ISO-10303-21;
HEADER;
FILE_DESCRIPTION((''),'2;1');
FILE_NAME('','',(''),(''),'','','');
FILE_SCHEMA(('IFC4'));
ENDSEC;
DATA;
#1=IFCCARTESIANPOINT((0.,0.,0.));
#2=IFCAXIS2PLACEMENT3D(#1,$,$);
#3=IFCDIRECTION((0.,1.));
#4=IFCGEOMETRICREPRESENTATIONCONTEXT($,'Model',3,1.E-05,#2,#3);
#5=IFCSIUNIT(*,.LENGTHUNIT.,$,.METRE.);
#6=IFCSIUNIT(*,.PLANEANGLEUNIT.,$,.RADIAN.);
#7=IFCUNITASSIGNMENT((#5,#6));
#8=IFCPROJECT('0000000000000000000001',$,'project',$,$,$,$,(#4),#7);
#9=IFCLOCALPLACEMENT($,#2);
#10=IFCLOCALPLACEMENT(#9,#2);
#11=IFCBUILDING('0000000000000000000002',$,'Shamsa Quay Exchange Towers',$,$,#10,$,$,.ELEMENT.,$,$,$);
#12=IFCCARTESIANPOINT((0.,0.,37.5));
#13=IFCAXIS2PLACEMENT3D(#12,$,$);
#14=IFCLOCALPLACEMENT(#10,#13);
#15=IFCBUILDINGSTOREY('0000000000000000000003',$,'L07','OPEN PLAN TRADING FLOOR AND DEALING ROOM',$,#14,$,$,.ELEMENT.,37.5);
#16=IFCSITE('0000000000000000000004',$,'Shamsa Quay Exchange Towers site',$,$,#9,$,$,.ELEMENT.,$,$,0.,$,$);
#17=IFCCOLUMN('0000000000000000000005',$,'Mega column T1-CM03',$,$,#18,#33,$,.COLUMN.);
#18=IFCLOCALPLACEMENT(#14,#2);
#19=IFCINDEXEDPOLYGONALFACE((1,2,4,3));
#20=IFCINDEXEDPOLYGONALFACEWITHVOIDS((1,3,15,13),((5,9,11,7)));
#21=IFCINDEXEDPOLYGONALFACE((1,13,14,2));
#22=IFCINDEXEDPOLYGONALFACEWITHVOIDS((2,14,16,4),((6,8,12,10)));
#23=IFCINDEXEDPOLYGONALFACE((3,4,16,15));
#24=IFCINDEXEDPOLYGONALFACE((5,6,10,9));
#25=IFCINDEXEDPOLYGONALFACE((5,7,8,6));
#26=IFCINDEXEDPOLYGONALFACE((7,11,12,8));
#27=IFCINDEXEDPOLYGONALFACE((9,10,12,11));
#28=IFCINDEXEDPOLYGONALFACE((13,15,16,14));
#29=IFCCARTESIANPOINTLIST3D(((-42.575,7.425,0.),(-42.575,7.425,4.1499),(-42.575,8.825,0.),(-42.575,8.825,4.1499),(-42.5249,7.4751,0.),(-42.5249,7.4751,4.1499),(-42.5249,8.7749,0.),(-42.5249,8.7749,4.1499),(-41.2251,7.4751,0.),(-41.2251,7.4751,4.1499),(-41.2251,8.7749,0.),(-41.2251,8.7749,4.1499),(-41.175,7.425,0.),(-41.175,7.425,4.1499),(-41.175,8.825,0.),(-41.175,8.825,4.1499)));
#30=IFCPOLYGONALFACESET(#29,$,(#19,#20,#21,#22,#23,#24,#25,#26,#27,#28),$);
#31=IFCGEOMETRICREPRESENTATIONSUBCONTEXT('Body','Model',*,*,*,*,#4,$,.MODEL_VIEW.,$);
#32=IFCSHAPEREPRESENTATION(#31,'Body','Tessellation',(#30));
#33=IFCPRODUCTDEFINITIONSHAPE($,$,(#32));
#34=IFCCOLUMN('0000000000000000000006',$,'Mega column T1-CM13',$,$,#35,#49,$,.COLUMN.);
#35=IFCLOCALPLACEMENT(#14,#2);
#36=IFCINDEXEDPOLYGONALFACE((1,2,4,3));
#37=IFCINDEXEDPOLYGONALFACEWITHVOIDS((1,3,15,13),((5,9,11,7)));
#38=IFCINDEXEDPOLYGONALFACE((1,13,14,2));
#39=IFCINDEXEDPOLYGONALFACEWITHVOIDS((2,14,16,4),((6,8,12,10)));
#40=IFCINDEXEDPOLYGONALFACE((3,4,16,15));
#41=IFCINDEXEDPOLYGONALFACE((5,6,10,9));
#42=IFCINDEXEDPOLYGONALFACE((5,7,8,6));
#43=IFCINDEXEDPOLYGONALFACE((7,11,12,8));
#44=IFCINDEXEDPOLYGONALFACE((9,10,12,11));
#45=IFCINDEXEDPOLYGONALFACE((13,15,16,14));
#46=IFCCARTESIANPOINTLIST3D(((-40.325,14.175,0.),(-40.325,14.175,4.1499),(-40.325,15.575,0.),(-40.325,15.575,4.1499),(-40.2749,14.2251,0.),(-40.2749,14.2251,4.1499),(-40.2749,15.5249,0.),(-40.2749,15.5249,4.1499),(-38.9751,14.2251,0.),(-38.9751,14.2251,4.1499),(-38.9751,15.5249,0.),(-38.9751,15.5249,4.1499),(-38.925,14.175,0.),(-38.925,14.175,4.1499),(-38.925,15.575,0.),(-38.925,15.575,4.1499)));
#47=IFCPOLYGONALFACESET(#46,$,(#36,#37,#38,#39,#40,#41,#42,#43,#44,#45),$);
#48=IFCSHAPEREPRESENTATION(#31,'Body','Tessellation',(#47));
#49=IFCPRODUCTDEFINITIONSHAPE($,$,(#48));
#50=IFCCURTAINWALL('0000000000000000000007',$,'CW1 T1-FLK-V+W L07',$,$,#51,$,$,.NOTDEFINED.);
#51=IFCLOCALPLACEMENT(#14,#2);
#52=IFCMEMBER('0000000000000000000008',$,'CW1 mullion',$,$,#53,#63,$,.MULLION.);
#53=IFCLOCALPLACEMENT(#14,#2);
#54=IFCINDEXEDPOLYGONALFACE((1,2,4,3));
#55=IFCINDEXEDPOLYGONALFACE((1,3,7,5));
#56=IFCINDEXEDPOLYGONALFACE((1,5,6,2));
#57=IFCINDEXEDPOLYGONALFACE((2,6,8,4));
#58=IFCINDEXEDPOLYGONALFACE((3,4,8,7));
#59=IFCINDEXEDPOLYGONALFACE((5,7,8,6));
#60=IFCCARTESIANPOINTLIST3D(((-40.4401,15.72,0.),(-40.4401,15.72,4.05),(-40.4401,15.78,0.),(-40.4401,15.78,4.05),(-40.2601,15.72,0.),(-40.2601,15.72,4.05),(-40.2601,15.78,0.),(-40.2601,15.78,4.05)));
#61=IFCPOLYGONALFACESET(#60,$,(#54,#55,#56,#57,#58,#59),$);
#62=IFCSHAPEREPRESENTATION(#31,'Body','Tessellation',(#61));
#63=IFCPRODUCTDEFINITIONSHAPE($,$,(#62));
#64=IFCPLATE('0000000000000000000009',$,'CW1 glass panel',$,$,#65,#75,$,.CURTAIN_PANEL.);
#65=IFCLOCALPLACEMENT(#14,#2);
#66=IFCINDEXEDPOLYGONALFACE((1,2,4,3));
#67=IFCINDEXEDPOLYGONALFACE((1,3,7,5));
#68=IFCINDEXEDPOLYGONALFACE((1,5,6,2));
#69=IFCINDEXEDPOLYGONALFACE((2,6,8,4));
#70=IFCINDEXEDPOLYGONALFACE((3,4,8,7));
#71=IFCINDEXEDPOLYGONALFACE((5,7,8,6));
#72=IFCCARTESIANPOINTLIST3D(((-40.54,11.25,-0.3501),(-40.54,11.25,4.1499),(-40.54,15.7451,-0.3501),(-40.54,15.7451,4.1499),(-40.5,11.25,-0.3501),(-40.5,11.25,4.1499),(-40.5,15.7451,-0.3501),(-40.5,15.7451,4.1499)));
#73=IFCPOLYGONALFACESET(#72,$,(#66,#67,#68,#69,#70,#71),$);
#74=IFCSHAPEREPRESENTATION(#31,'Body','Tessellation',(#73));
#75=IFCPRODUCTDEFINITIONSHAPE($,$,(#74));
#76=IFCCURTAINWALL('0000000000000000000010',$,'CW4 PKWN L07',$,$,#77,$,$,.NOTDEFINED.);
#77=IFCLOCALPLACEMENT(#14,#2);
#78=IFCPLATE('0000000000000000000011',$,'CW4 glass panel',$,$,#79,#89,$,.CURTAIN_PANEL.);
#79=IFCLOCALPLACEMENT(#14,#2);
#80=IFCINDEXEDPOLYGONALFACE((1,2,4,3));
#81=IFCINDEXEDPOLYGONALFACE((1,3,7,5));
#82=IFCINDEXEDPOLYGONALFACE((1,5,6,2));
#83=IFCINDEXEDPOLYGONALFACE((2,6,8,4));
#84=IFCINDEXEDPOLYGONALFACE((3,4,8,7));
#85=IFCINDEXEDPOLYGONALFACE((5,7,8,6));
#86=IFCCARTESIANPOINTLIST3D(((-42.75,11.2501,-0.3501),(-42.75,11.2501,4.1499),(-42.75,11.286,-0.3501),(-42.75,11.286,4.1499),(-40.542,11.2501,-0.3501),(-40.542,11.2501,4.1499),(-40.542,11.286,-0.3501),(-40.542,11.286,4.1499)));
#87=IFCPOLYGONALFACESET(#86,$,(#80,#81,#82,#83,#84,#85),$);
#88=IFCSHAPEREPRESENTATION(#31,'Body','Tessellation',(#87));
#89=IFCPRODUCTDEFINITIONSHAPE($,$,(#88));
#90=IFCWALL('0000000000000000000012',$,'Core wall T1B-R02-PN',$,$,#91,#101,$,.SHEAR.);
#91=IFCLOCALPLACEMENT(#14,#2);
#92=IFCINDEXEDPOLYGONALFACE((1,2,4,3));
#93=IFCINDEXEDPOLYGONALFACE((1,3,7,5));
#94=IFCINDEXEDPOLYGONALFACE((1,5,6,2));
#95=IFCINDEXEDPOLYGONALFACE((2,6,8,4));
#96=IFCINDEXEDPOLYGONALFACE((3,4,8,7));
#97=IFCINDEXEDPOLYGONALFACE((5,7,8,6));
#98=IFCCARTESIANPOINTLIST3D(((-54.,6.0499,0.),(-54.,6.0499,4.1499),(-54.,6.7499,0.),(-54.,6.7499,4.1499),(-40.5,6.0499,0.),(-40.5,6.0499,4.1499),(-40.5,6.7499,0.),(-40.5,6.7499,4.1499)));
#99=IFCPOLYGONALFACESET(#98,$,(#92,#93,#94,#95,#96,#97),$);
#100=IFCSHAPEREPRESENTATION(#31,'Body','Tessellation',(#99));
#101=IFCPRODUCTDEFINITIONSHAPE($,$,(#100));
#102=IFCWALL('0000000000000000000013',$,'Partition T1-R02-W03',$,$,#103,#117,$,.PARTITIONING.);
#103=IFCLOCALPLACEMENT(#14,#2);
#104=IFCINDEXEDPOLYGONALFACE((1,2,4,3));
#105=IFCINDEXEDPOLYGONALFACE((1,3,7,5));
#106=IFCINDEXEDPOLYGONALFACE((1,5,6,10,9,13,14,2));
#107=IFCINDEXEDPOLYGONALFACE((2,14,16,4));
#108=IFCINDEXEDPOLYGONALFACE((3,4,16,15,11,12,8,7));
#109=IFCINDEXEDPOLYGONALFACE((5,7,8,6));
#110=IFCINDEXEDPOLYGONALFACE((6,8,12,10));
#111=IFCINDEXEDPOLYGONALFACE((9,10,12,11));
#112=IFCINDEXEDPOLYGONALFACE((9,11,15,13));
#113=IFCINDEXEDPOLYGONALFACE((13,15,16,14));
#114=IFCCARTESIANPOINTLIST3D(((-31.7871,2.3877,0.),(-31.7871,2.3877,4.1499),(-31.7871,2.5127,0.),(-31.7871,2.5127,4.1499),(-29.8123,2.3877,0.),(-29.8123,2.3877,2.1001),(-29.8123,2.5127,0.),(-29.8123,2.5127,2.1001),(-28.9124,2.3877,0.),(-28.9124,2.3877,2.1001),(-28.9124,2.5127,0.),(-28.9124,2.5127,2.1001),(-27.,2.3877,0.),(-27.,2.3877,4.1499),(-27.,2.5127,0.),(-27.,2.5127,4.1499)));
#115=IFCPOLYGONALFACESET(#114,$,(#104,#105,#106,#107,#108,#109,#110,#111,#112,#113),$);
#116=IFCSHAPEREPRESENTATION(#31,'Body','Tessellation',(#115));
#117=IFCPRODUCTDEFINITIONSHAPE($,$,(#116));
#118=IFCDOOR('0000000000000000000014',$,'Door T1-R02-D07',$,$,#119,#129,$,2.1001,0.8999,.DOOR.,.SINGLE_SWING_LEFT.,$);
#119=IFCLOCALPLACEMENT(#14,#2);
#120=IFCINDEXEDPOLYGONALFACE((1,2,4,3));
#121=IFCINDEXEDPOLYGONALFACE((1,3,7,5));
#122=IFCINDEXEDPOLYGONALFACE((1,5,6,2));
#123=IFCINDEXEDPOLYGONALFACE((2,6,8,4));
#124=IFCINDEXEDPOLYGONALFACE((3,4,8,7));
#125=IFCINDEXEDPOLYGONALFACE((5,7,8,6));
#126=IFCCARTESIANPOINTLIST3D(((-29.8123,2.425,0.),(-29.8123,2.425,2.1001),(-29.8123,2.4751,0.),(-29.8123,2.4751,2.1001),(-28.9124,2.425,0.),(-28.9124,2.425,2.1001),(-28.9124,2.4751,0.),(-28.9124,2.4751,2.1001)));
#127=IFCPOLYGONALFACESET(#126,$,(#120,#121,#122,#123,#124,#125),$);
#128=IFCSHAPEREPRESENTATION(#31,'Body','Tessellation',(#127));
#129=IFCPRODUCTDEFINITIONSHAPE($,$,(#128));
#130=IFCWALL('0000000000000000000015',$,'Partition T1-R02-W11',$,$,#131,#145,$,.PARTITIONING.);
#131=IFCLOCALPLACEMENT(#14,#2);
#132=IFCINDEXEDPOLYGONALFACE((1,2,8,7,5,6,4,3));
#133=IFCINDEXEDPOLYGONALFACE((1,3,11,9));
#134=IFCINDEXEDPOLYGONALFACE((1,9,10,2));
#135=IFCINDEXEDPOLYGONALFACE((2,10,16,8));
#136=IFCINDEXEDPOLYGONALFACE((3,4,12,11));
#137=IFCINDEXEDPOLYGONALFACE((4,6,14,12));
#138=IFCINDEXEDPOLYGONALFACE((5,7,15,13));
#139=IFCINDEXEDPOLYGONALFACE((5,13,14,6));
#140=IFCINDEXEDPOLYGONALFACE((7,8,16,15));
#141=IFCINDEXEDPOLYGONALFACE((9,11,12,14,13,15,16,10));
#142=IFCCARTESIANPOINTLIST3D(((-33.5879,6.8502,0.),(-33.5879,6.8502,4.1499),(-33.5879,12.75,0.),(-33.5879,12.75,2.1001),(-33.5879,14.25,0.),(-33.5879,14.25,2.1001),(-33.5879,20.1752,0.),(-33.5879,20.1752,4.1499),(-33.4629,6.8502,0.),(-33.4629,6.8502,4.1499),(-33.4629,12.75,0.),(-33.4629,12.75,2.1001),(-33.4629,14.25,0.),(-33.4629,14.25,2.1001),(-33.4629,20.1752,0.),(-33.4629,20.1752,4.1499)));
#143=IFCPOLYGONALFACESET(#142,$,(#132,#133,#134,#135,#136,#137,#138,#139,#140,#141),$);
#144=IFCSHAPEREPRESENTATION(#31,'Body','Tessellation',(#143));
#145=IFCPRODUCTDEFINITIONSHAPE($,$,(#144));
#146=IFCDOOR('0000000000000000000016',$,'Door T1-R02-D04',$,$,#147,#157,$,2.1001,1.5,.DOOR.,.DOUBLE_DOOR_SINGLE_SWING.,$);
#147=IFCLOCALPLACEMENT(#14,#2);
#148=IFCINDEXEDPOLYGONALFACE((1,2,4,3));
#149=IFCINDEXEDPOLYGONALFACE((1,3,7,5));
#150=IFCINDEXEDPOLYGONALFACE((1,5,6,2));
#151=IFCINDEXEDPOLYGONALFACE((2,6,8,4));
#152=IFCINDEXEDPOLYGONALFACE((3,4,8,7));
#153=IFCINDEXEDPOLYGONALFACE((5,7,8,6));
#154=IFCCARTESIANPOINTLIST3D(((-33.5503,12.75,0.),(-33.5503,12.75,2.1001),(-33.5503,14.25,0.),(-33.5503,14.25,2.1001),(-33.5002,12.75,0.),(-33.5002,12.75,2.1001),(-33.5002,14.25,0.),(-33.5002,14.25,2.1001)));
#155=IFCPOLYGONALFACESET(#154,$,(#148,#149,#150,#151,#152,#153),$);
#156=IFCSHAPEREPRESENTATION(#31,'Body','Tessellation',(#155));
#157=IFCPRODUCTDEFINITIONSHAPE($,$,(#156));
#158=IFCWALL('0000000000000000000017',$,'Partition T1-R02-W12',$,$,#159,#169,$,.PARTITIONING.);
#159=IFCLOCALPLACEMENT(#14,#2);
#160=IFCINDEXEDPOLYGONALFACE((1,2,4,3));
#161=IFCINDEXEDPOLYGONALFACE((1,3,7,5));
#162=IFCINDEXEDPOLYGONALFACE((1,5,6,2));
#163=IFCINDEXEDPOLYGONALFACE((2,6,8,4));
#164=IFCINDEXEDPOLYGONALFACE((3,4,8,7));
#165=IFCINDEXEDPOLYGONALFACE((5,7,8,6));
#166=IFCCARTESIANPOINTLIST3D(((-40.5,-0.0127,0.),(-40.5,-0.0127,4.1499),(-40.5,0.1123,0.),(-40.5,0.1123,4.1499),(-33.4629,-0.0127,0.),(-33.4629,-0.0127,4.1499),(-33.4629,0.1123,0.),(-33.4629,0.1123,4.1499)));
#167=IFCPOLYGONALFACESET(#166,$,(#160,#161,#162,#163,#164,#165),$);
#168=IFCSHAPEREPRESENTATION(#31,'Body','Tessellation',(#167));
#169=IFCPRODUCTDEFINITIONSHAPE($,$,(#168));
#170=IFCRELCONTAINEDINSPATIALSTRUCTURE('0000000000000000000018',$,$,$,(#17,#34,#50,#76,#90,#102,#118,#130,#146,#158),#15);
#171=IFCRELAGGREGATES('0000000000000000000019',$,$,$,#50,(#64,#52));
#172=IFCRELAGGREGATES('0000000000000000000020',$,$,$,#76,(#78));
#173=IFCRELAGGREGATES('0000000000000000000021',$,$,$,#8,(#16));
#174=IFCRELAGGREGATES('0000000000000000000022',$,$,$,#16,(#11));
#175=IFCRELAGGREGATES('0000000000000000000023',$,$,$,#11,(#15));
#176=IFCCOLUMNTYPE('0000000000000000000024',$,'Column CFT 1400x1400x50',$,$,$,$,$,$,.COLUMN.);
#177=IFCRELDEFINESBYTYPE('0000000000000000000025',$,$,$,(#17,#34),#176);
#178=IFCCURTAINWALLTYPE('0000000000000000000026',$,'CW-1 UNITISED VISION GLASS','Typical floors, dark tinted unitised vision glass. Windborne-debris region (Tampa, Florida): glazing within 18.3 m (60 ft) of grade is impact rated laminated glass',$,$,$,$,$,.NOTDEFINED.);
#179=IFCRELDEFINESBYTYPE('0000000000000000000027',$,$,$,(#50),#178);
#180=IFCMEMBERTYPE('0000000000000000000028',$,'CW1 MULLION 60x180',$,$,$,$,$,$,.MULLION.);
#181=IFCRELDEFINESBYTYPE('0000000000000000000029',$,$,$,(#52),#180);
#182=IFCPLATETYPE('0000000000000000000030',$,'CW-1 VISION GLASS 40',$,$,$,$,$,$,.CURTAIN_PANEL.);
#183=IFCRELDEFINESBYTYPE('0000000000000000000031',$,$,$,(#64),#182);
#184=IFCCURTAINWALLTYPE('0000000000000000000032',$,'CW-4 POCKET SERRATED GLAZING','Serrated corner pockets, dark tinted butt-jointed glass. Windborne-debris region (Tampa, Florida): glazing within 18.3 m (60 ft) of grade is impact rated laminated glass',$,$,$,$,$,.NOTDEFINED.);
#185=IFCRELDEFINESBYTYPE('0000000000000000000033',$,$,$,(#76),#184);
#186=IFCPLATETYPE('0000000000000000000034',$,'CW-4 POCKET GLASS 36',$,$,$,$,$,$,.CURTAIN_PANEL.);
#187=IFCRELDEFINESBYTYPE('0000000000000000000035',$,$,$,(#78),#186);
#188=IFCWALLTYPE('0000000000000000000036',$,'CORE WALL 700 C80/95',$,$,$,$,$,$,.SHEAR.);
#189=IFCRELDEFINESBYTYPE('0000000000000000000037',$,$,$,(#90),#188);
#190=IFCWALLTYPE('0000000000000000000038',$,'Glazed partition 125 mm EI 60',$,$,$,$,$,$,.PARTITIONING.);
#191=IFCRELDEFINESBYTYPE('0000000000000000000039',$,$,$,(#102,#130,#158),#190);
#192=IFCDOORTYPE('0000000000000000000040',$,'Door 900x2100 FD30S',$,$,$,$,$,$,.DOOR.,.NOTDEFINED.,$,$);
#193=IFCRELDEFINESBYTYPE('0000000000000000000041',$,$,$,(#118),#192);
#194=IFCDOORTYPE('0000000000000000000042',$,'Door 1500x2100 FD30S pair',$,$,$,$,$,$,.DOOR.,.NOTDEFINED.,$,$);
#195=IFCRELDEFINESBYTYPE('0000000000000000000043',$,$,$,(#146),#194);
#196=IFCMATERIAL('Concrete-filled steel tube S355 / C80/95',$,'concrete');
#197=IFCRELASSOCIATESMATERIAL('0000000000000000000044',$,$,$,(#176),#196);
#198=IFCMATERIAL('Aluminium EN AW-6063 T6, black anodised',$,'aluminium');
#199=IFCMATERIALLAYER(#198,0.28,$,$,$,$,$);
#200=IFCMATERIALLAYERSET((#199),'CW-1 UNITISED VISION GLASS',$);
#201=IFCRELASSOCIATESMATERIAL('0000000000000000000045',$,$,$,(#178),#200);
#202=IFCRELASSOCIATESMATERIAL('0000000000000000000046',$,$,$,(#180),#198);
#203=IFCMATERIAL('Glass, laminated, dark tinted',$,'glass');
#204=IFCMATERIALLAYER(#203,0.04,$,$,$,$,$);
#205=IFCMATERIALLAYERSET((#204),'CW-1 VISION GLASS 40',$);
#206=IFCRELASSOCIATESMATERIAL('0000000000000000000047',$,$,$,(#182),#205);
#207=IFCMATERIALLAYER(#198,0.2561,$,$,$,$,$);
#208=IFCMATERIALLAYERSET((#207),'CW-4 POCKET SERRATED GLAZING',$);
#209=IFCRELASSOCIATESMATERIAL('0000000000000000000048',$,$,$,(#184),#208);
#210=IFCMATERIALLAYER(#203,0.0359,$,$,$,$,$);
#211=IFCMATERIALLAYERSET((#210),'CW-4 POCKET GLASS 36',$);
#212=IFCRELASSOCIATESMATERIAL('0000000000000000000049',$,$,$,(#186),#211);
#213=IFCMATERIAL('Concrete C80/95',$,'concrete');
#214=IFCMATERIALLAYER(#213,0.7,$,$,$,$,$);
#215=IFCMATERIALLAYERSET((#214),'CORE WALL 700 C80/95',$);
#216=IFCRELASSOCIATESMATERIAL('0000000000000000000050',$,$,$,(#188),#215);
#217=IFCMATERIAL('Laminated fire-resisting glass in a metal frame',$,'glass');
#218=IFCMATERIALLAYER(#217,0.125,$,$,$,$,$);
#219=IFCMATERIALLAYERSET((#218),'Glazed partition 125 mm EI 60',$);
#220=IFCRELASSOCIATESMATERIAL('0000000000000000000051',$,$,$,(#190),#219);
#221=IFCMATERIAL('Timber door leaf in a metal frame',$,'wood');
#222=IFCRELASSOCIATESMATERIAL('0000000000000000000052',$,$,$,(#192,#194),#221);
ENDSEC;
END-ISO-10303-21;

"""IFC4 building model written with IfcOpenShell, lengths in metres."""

from ifc_helpers import new_model, si_unit, direction, frame, frame_2d, origin, origin_2d, place, context, subcontext, project, spatial, rectangle, hollow_rectangle, extrude, material, layer, layer_set, material_profile, profile_set, type_object, element, fill, aggregate, save


model = new_model("IFC4")

# Units and contexts
model_context = context("Model", 3, precision=1e-05, world=origin(), true_north=direction((0.0, 1.0)))
body_context = subcontext(model_context, "Body", "Model", "MODEL_VIEW")
ifc_project = project(units=[si_unit("LENGTHUNIT", "METRE"), si_unit("PLANEANGLEUNIT", "RADIAN")], contexts=[model_context])

# Site, building, storey
site_placement = place(None, origin())
site = spatial("IfcSite", under=ifc_project, at=site_placement, Name="Shamsa Quay Exchange Towers site", CompositionType="ELEMENT", RefElevation=0.0)
building_placement = place(site_placement, origin())
building = spatial("IfcBuilding", under=site, at=building_placement, Name="Shamsa Quay Exchange Towers", CompositionType="ELEMENT")
storey_placement = place(building_placement, frame((0.0, 0.0, 37.5)))
storey = spatial("IfcBuildingStorey", under=building, at=storey_placement, Name="L07", Description="OPEN PLAN TRADING FLOOR AND DEALING ROOM", CompositionType="ELEMENT", Elevation=37.5)

# Columns
ifc_material_1 = material(Name="Concrete-filled steel tube S355 / C80/95", Category="concrete")
ifc_material_profile_1 = material_profile(ifc_material_1, hollow_rectangle(XDim=1.3999, YDim=1.3999, WallThickness=0.05, at=origin_2d()), Name="CFT 1400x1400x50")
ifc_profile_set_1 = profile_set([ifc_material_profile_1], Name="Concrete-filled steel tube S355 / C80/95")
column_type = type_object("IfcColumnType", Name="Column CFT 1400x1400x50", PredefinedType="COLUMN", material=ifc_profile_set_1)
for number, where, name in (
    (1, (-41.875, 8.125, 0.0), "Mega column T1-CM03"),
    (2, (-39.625, 14.875, 0.0), "Mega column T1-CM13"),
):
    element("IfcColumn", number, at=place(storey_placement, frame(where)), inside=storey, type_object=column_type, Name=name, PredefinedType="COLUMN", context=body_context, shape_type="SweptSolid", body=[
        extrude(hollow_rectangle(XDim=1.3999, YDim=1.3999, WallThickness=0.05, at=origin_2d()), origin(), (0.0, 0.0, 1.0), 4.1499),
    ])

# Curtain wall, member, plate
ifc_material_2 = material(Name="Aluminium EN AW-6063 T6, black anodised", Category="aluminium")
ifc_layer_1 = layer(ifc_material_2, 0.28)
ifc_layer_set_1 = layer_set([ifc_layer_1], Name="CW-1 UNITISED VISION GLASS")
curtain_wall_type_1 = type_object("IfcCurtainWallType", Name="CW-1 UNITISED VISION GLASS", Description="Typical floors, dark tinted unitised vision glass. Windborne-debris region (Tampa, Florida): glazing within 18.3 m (60 ft) of grade is impact rated laminated glass", PredefinedType="NOTDEFINED", material=ifc_layer_set_1)
curtain_wall_1_placement = place(storey_placement, origin())
curtain_wall_1 = element("IfcCurtainWall", 3, at=curtain_wall_1_placement, inside=storey, type_object=curtain_wall_type_1, Name="CW1 T1-FLK-V+W L07", PredefinedType="NOTDEFINED")
ifc_material_profile_2 = material_profile(ifc_material_2, rectangle(XDim=0.1799, YDim=0.0601, at=origin_2d()), Name="MU60x180")
ifc_profile_set_2 = profile_set([ifc_material_profile_2], Name="Aluminium EN AW-6063 T6, black anodised")
member_type = type_object("IfcMemberType", Name="CW1 MULLION 60x180", PredefinedType="MULLION", material=ifc_profile_set_2)
member_placement = place(storey_placement, frame((-40.3501, 15.75, 0.0)))
member = element("IfcMember", 4, at=member_placement, type_object=member_type, Name="CW1 mullion", PredefinedType="MULLION", context=body_context, shape_type="SweptSolid", body=[
    extrude(rectangle(XDim=0.1799, YDim=0.0601, at=origin_2d()), origin(), (0.0, 0.0, 1.0), 4.05),
])
ifc_material_3 = material(Name="Glass, laminated, dark tinted", Category="glass")
ifc_layer_2 = layer(ifc_material_3, 0.04)
ifc_layer_set_2 = layer_set([ifc_layer_2], Name="CW-1 VISION GLASS 40")
plate_type_1 = type_object("IfcPlateType", Name="CW-1 VISION GLASS 40", PredefinedType="CURTAIN_PANEL", material=ifc_layer_set_2)
plate_1_placement = place(storey_placement, frame((-40.52, 13.4976, -0.3501), z_axis=(0.0, 0.0, 1.0), x_axis=(0.0, -1.0, 0.0)))
plate_1 = element("IfcPlate", 5, at=plate_1_placement, type_object=plate_type_1, Name="CW1 glass panel", PredefinedType="CURTAIN_PANEL", context=body_context, shape_type="SweptSolid", body=[
    extrude(rectangle(XDim=4.4951, YDim=0.04, at=origin_2d()), origin(), (0.0, 0.0, 1.0), 4.5),
])
aggregate(curtain_wall_1, [plate_1, member])

# Curtain wall, plate
ifc_layer_3 = layer(ifc_material_2, 0.2561)
ifc_layer_set_3 = layer_set([ifc_layer_3], Name="CW-4 POCKET SERRATED GLAZING")
curtain_wall_type_2 = type_object("IfcCurtainWallType", Name="CW-4 POCKET SERRATED GLAZING", Description="Serrated corner pockets, dark tinted butt-jointed glass. Windborne-debris region (Tampa, Florida): glazing within 18.3 m (60 ft) of grade is impact rated laminated glass", PredefinedType="NOTDEFINED", material=ifc_layer_set_3)
curtain_wall_2_placement = place(storey_placement, origin())
curtain_wall_2 = element("IfcCurtainWall", 6, at=curtain_wall_2_placement, inside=storey, type_object=curtain_wall_type_2, Name="CW4 PKWN L07", PredefinedType="NOTDEFINED")
ifc_layer_4 = layer(ifc_material_3, 0.0359)
ifc_layer_set_4 = layer_set([ifc_layer_4], Name="CW-4 POCKET GLASS 36")
plate_type_2 = type_object("IfcPlateType", Name="CW-4 POCKET GLASS 36", PredefinedType="CURTAIN_PANEL", material=ifc_layer_set_4)
plate_2_placement = place(storey_placement, frame((-41.646, 11.2681, -0.3501), z_axis=(0.0, 0.0, 1.0), x_axis=(-1.0, 0.0, 0.0)))
plate_2 = element("IfcPlate", 7, at=plate_2_placement, type_object=plate_type_2, Name="CW4 glass panel", PredefinedType="CURTAIN_PANEL", context=body_context, shape_type="SweptSolid", body=[
    extrude(rectangle(XDim=2.208, YDim=0.0359, at=origin_2d()), origin(), (0.0, 0.0, 1.0), 4.5),
])
aggregate(curtain_wall_2, [plate_2])

# Wall
ifc_material_4 = material(Name="Concrete C80/95", Category="concrete")
ifc_layer_5 = layer(ifc_material_4, 0.7)
ifc_layer_set_5 = layer_set([ifc_layer_5], Name="CORE WALL 700 C80/95")
wall_type_1 = type_object("IfcWallType", Name="CORE WALL 700 C80/95", PredefinedType="SHEAR", material=ifc_layer_set_5)
wall_1_placement = place(storey_placement, frame((-40.5, 6.3999, 0.0), z_axis=(0.0, 0.0, 1.0), x_axis=(-1.0, 0.0, 0.0)))
element("IfcWall", 8, at=wall_1_placement, inside=storey, type_object=wall_type_1, Name="Core wall T1B-R02-PN", PredefinedType="SHEAR", context=body_context, shape_type="SweptSolid", body=[
    extrude(rectangle(XDim=13.5, YDim=0.7, at=frame_2d((6.75, 0.0))), origin(), (0.0, 0.0, 1.0), 4.1499),
])

# Walls, openings, doors
ifc_material_5 = material(Name="Laminated fire-resisting glass in a metal frame", Category="glass")
ifc_layer_6 = layer(ifc_material_5, 0.125)
ifc_layer_set_6 = layer_set([ifc_layer_6], Name="Glazed partition 125 mm EI 60")
wall_type_2 = type_object("IfcWallType", Name="Glazed partition 125 mm EI 60", PredefinedType="PARTITIONING", material=ifc_layer_set_6)
wall_2_placement = place(storey_placement, frame((-31.7871, 2.4502, 0.0)))
wall_2 = element("IfcWall", 9, at=wall_2_placement, inside=storey, type_object=wall_type_2, Name="Partition T1-R02-W03", PredefinedType="PARTITIONING", context=body_context, shape_type="SweptSolid", body=[
    extrude(rectangle(XDim=4.7871, YDim=0.125, at=frame_2d((2.3936, 0.0))), origin(), (0.0, 0.0, 1.0), 4.1499),
])
opening_1_placement = place(wall_2_placement, frame((1.9749, 0.0, 0.0)))
opening_1 = element("IfcOpeningElement", 10, at=opening_1_placement, cuts=wall_2, PredefinedType="OPENING", context=body_context, shape_type="SweptSolid", body=[
    extrude(rectangle(XDim=0.8999, YDim=2.1001, at=frame_2d((0.45, 1.05))), frame((0.0, 0.0725, 0.0), z_axis=(0.0, -1.0, 0.0), x_axis=(1.0, 0.0, 0.0)), (0.0, 0.0, 1.0), 0.145),
])
ifc_material_6 = material(Name="Timber door leaf in a metal frame", Category="wood")
door_type_1 = type_object("IfcDoorType", Name="Door 900x2100 FD30S", OperationType="NOTDEFINED", PredefinedType="DOOR", material=ifc_material_6)
door_1_placement = place(opening_1_placement, origin())
door_1 = element("IfcDoor", 11, at=door_1_placement, inside=storey, type_object=door_type_1, Name="Door T1-R02-D07", OperationType="SINGLE_SWING_LEFT", OverallHeight=2.1001, OverallWidth=0.8999, PredefinedType="DOOR", context=body_context, shape_type="SweptSolid", body=[
    extrude(rectangle(XDim=0.8999, YDim=2.1001, at=frame_2d((0.45, 1.05))), frame((0.0, 0.0249, 0.0), z_axis=(0.0, -1.0, 0.0), x_axis=(1.0, 0.0, 0.0)), (0.0, 0.0, 1.0), 0.05),
])
fill(opening_1, door_1)
wall_3_placement = place(storey_placement, frame((-33.5254, 6.8501, 0.0), z_axis=(0.0, 0.0, 1.0), x_axis=(0.0, 1.0, 0.0)))
wall_3 = element("IfcWall", 12, at=wall_3_placement, inside=storey, type_object=wall_type_2, Name="Partition T1-R02-W11", PredefinedType="PARTITIONING", context=body_context, shape_type="SweptSolid", body=[
    extrude(rectangle(XDim=13.325, YDim=0.125, at=frame_2d((6.6626, 0.0))), origin(), (0.0, 0.0, 1.0), 4.1499),
])
opening_2_placement = place(wall_3_placement, frame((5.8999, 0.0, 0.0)))
opening_2 = element("IfcOpeningElement", 13, at=opening_2_placement, cuts=wall_3, PredefinedType="OPENING", context=body_context, shape_type="SweptSolid", body=[
    extrude(rectangle(XDim=1.5, YDim=2.1001, at=frame_2d((0.75, 1.05))), frame((0.0, 0.0725, 0.0), z_axis=(0.0, -1.0, 0.0), x_axis=(1.0, 0.0, 0.0)), (0.0, 0.0, 1.0), 0.145),
])
door_type_2 = type_object("IfcDoorType", Name="Door 1500x2100 FD30S pair", OperationType="NOTDEFINED", PredefinedType="DOOR", material=ifc_material_6)
door_2_placement = place(opening_2_placement, origin())
door_2 = element("IfcDoor", 14, at=door_2_placement, inside=storey, type_object=door_type_2, Name="Door T1-R02-D04", OperationType="DOUBLE_DOOR_SINGLE_SWING", OverallHeight=2.1001, OverallWidth=1.5, PredefinedType="DOOR", context=body_context, shape_type="SweptSolid", body=[
    extrude(rectangle(XDim=1.5, YDim=2.1001, at=frame_2d((0.75, 1.05))), frame((0.0, 0.0249, 0.0), z_axis=(0.0, -1.0, 0.0), x_axis=(1.0, 0.0, 0.0)), (0.0, 0.0, 1.0), 0.05),
])
fill(opening_2, door_2)

# Wall
wall_4_placement = place(storey_placement, frame((-33.4629, 0.0498, 0.0), z_axis=(0.0, 0.0, 1.0), x_axis=(-1.0, 0.0, 0.0)))
element("IfcWall", 15, at=wall_4_placement, inside=storey, type_object=wall_type_2, Name="Partition T1-R02-W12", PredefinedType="PARTITIONING", context=body_context, shape_type="SweptSolid", body=[
    extrude(rectangle(XDim=7.0371, YDim=0.125, at=frame_2d((3.5186, 0.0))), origin(), (0.0, 0.0, 1.0), 4.1499),
])

save(model, "model.ifc")
